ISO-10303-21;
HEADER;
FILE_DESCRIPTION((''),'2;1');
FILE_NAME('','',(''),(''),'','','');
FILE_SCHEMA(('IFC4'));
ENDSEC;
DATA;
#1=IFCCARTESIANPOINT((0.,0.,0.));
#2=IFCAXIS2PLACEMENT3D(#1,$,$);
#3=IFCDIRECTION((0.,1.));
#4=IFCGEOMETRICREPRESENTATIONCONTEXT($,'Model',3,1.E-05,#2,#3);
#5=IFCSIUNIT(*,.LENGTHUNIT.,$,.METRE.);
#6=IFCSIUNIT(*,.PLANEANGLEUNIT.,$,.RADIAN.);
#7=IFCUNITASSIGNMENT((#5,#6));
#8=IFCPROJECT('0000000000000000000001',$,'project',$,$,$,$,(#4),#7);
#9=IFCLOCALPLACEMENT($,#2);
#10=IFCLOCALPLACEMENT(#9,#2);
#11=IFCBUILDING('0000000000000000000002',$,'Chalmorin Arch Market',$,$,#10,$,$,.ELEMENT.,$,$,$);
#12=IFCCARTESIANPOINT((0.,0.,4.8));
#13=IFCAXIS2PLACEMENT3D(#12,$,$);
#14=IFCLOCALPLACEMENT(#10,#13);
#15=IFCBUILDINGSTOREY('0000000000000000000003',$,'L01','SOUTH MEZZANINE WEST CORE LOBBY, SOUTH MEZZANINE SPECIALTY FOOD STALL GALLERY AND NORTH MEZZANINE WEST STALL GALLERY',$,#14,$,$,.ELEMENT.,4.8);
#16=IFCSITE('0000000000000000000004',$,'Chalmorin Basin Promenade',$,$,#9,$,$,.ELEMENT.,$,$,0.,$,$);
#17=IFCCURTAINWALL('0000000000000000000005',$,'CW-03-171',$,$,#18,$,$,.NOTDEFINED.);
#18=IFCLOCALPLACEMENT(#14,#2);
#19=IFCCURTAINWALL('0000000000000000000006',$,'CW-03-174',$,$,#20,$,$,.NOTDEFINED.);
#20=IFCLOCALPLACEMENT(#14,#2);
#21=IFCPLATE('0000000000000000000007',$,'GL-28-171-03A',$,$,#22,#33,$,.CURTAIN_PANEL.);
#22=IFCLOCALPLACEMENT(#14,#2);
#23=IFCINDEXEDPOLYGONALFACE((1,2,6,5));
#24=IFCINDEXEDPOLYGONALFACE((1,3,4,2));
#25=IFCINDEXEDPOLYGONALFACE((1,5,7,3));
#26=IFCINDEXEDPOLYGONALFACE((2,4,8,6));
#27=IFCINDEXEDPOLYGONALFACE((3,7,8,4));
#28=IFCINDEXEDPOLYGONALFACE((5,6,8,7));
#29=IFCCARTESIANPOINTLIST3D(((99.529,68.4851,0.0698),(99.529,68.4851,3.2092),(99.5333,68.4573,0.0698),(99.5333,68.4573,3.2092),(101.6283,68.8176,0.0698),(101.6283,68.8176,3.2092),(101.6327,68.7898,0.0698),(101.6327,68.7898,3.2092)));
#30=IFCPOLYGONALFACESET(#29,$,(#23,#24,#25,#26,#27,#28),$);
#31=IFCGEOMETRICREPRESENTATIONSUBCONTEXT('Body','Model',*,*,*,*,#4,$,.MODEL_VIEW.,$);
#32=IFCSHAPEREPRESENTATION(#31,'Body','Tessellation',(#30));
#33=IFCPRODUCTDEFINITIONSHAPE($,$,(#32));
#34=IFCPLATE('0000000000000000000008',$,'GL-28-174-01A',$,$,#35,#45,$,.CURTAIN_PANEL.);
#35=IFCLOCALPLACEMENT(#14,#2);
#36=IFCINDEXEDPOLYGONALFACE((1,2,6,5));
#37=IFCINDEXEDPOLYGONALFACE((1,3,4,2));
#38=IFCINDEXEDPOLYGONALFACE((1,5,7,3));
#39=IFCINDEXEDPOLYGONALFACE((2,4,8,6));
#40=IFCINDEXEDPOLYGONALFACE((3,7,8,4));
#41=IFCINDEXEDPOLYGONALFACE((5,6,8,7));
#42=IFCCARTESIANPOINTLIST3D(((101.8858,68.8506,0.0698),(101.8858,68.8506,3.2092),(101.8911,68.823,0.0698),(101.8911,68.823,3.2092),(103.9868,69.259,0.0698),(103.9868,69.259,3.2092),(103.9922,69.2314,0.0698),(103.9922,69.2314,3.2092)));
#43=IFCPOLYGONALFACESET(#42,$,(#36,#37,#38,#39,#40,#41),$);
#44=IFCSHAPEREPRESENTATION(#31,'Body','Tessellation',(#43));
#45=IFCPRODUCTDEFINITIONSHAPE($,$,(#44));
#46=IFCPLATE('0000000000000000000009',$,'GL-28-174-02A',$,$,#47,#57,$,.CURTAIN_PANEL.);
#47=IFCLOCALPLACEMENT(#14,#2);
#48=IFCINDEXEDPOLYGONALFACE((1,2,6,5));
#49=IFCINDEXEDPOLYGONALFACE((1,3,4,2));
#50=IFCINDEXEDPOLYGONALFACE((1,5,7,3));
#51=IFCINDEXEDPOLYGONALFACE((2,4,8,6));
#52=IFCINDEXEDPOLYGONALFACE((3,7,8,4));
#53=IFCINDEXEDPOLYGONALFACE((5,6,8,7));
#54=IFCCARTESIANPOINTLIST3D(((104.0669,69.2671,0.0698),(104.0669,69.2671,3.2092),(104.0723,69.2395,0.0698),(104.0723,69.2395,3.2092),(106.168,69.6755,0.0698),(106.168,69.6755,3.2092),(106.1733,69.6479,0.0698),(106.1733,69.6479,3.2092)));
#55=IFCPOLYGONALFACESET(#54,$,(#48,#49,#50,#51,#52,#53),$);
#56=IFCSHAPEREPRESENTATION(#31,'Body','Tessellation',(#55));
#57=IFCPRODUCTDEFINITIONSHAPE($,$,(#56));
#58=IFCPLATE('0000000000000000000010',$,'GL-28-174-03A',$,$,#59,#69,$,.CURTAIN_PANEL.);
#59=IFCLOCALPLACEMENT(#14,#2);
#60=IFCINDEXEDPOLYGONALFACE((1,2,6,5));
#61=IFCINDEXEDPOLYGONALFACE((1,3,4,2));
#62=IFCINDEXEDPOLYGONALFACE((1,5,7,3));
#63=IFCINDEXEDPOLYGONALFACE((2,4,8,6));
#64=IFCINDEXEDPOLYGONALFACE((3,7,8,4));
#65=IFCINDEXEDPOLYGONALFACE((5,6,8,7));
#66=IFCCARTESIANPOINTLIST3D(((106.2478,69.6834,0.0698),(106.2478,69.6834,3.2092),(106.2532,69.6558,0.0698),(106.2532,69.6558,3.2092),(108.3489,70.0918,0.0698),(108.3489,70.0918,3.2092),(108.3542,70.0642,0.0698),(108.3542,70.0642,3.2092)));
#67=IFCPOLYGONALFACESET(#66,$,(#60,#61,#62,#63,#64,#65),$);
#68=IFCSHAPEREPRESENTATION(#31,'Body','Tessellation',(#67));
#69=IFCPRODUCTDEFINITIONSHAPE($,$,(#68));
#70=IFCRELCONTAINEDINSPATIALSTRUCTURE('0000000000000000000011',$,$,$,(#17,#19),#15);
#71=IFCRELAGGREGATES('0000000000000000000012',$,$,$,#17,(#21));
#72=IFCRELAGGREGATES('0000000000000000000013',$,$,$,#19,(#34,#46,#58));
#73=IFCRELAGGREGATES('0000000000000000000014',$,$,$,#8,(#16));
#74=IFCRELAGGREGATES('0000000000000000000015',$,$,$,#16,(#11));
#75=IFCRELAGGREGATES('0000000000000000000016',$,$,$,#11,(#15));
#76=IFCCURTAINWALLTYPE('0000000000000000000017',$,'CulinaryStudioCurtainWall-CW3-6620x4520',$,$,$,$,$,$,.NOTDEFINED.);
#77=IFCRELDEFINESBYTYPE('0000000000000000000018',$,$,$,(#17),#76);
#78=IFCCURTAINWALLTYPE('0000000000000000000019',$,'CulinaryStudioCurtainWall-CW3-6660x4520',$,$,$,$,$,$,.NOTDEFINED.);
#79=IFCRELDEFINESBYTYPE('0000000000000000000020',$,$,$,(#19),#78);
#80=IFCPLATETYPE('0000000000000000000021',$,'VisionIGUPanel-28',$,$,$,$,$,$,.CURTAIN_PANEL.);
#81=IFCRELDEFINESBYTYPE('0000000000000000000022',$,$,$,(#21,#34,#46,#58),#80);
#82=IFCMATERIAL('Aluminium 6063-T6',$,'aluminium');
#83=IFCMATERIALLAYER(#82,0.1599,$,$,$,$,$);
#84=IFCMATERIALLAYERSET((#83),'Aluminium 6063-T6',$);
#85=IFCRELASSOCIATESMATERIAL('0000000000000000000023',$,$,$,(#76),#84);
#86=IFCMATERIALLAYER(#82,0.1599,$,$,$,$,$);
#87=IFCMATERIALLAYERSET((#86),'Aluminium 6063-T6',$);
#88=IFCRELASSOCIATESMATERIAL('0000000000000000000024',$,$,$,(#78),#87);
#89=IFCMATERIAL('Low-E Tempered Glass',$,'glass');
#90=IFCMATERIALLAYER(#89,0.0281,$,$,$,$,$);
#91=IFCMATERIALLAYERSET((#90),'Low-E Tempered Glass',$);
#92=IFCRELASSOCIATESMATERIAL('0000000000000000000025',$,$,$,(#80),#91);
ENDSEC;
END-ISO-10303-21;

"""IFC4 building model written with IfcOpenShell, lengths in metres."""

from ifc_helpers import new_model, si_unit, direction, frame, origin, origin_2d, place, context, subcontext, project, spatial, rectangle, extrude, material, layer, layer_set, type_object, element, aggregate, save


model = new_model("IFC4")

# Units and contexts
model_context = context("Model", 3, precision=1e-05, world=origin(), true_north=direction((0.0, 1.0)))
body_context = subcontext(model_context, "Body", "Model", "MODEL_VIEW")
ifc_project = project(units=[si_unit("LENGTHUNIT", "METRE"), si_unit("PLANEANGLEUNIT", "RADIAN")], contexts=[model_context])

# Site, building, storey
site_placement = place(None, origin())
site = spatial("IfcSite", under=ifc_project, at=site_placement, Name="Chalmorin Basin Promenade", CompositionType="ELEMENT", RefElevation=0.0)
building_placement = place(site_placement, origin())
building = spatial("IfcBuilding", under=site, at=building_placement, Name="Chalmorin Arch Market", CompositionType="ELEMENT")
storey_placement = place(building_placement, frame((0.0, 0.0, 4.8)))
storey = spatial("IfcBuildingStorey", under=building, at=storey_placement, Name="L01", Description="SOUTH MEZZANINE WEST CORE LOBBY, SOUTH MEZZANINE SPECIALTY FOOD STALL GALLERY AND NORTH MEZZANINE WEST STALL GALLERY", CompositionType="ELEMENT", Elevation=4.8)

# Shared definitions
ifc_material_1 = material(Name="Aluminium 6063-T6", Category="aluminium")

# Curtain walls
ifc_layer_1 = layer(ifc_material_1, 0.1599)
ifc_layer_set_1 = layer_set([ifc_layer_1], Name="Aluminium 6063-T6")
curtain_wall_type_1 = type_object("IfcCurtainWallType", Name="CulinaryStudioCurtainWall-CW3-6620x4520", PredefinedType="NOTDEFINED", material=ifc_layer_set_1)
curtain_wall_1_placement = place(storey_placement, origin())
curtain_wall_1 = element("IfcCurtainWall", 1, at=curtain_wall_1_placement, inside=storey, type_object=curtain_wall_type_1, Name="CW-03-171", PredefinedType="NOTDEFINED")
ifc_layer_2 = layer(ifc_material_1, 0.1599)
ifc_layer_set_2 = layer_set([ifc_layer_2], Name="Aluminium 6063-T6")
curtain_wall_type_2 = type_object("IfcCurtainWallType", Name="CulinaryStudioCurtainWall-CW3-6660x4520", PredefinedType="NOTDEFINED", material=ifc_layer_set_2)
curtain_wall_2_placement = place(storey_placement, origin())
curtain_wall_2 = element("IfcCurtainWall", 2, at=curtain_wall_2_placement, inside=storey, type_object=curtain_wall_type_2, Name="CW-03-174", PredefinedType="NOTDEFINED")

# Plates
ifc_material_2 = material(Name="Low-E Tempered Glass", Category="glass")
ifc_layer_3 = layer(ifc_material_2, 0.0281)
ifc_layer_set_3 = layer_set([ifc_layer_3], Name="Low-E Tempered Glass")
plate_type_1 = type_object("IfcPlateType", Name="VisionIGUPanel-28", PredefinedType="CURTAIN_PANEL", material=ifc_layer_set_3)
plate_1_placement = place(storey_placement, frame((100.5808, 68.6375, 0.0698), z_axis=(0.0, 0.0, 1.0), x_axis=(0.987688, 0.156434, 0.0)))
plate_1 = element("IfcPlate", 3, at=plate_1_placement, type_object=plate_type_1, Name="GL-28-171-03A", PredefinedType="CURTAIN_PANEL", context=body_context, shape_type="SweptSolid", body=[
    extrude(rectangle(XDim=2.1255, YDim=0.0281, at=origin_2d()), origin(), (0.0, 0.0, 1.0), 3.1394),
])
aggregate(curtain_wall_1, [plate_1])
plate_2_placement = place(storey_placement, frame((102.939, 69.041, 0.0698), z_axis=(0.0, 0.0, 1.0), x_axis=(0.981627, 0.190809, 0.0)))
plate_2 = element("IfcPlate", 4, at=plate_2_placement, type_object=plate_type_1, Name="GL-28-174-01A", PredefinedType="CURTAIN_PANEL", context=body_context, shape_type="SweptSolid", body=[
    extrude(rectangle(XDim=2.1404, YDim=0.0281, at=origin_2d()), origin(), (0.0, 0.0, 1.0), 3.1394),
])
plate_3_placement = place(storey_placement, frame((105.1201, 69.4575, 0.0698), z_axis=(0.0, 0.0, 1.0), x_axis=(0.981627, 0.190809, 0.0)))
plate_3 = element("IfcPlate", 5, at=plate_3_placement, type_object=plate_type_1, Name="GL-28-174-02A", PredefinedType="CURTAIN_PANEL", context=body_context, shape_type="SweptSolid", body=[
    extrude(rectangle(XDim=2.1404, YDim=0.0281, at=origin_2d()), origin(), (0.0, 0.0, 1.0), 3.1394),
])
plate_4_placement = place(storey_placement, frame((107.301, 69.8738, 0.0698), z_axis=(0.0, 0.0, 1.0), x_axis=(0.981627, 0.190809, 0.0)))
plate_4 = element("IfcPlate", 6, at=plate_4_placement, type_object=plate_type_1, Name="GL-28-174-03A", PredefinedType="CURTAIN_PANEL", context=body_context, shape_type="SweptSolid", body=[
    extrude(rectangle(XDim=2.1404, YDim=0.0281, at=origin_2d()), origin(), (0.0, 0.0, 1.0), 3.1394),
])
aggregate(curtain_wall_2, [plate_2, plate_3, plate_4])

save(model, "model.ifc")
